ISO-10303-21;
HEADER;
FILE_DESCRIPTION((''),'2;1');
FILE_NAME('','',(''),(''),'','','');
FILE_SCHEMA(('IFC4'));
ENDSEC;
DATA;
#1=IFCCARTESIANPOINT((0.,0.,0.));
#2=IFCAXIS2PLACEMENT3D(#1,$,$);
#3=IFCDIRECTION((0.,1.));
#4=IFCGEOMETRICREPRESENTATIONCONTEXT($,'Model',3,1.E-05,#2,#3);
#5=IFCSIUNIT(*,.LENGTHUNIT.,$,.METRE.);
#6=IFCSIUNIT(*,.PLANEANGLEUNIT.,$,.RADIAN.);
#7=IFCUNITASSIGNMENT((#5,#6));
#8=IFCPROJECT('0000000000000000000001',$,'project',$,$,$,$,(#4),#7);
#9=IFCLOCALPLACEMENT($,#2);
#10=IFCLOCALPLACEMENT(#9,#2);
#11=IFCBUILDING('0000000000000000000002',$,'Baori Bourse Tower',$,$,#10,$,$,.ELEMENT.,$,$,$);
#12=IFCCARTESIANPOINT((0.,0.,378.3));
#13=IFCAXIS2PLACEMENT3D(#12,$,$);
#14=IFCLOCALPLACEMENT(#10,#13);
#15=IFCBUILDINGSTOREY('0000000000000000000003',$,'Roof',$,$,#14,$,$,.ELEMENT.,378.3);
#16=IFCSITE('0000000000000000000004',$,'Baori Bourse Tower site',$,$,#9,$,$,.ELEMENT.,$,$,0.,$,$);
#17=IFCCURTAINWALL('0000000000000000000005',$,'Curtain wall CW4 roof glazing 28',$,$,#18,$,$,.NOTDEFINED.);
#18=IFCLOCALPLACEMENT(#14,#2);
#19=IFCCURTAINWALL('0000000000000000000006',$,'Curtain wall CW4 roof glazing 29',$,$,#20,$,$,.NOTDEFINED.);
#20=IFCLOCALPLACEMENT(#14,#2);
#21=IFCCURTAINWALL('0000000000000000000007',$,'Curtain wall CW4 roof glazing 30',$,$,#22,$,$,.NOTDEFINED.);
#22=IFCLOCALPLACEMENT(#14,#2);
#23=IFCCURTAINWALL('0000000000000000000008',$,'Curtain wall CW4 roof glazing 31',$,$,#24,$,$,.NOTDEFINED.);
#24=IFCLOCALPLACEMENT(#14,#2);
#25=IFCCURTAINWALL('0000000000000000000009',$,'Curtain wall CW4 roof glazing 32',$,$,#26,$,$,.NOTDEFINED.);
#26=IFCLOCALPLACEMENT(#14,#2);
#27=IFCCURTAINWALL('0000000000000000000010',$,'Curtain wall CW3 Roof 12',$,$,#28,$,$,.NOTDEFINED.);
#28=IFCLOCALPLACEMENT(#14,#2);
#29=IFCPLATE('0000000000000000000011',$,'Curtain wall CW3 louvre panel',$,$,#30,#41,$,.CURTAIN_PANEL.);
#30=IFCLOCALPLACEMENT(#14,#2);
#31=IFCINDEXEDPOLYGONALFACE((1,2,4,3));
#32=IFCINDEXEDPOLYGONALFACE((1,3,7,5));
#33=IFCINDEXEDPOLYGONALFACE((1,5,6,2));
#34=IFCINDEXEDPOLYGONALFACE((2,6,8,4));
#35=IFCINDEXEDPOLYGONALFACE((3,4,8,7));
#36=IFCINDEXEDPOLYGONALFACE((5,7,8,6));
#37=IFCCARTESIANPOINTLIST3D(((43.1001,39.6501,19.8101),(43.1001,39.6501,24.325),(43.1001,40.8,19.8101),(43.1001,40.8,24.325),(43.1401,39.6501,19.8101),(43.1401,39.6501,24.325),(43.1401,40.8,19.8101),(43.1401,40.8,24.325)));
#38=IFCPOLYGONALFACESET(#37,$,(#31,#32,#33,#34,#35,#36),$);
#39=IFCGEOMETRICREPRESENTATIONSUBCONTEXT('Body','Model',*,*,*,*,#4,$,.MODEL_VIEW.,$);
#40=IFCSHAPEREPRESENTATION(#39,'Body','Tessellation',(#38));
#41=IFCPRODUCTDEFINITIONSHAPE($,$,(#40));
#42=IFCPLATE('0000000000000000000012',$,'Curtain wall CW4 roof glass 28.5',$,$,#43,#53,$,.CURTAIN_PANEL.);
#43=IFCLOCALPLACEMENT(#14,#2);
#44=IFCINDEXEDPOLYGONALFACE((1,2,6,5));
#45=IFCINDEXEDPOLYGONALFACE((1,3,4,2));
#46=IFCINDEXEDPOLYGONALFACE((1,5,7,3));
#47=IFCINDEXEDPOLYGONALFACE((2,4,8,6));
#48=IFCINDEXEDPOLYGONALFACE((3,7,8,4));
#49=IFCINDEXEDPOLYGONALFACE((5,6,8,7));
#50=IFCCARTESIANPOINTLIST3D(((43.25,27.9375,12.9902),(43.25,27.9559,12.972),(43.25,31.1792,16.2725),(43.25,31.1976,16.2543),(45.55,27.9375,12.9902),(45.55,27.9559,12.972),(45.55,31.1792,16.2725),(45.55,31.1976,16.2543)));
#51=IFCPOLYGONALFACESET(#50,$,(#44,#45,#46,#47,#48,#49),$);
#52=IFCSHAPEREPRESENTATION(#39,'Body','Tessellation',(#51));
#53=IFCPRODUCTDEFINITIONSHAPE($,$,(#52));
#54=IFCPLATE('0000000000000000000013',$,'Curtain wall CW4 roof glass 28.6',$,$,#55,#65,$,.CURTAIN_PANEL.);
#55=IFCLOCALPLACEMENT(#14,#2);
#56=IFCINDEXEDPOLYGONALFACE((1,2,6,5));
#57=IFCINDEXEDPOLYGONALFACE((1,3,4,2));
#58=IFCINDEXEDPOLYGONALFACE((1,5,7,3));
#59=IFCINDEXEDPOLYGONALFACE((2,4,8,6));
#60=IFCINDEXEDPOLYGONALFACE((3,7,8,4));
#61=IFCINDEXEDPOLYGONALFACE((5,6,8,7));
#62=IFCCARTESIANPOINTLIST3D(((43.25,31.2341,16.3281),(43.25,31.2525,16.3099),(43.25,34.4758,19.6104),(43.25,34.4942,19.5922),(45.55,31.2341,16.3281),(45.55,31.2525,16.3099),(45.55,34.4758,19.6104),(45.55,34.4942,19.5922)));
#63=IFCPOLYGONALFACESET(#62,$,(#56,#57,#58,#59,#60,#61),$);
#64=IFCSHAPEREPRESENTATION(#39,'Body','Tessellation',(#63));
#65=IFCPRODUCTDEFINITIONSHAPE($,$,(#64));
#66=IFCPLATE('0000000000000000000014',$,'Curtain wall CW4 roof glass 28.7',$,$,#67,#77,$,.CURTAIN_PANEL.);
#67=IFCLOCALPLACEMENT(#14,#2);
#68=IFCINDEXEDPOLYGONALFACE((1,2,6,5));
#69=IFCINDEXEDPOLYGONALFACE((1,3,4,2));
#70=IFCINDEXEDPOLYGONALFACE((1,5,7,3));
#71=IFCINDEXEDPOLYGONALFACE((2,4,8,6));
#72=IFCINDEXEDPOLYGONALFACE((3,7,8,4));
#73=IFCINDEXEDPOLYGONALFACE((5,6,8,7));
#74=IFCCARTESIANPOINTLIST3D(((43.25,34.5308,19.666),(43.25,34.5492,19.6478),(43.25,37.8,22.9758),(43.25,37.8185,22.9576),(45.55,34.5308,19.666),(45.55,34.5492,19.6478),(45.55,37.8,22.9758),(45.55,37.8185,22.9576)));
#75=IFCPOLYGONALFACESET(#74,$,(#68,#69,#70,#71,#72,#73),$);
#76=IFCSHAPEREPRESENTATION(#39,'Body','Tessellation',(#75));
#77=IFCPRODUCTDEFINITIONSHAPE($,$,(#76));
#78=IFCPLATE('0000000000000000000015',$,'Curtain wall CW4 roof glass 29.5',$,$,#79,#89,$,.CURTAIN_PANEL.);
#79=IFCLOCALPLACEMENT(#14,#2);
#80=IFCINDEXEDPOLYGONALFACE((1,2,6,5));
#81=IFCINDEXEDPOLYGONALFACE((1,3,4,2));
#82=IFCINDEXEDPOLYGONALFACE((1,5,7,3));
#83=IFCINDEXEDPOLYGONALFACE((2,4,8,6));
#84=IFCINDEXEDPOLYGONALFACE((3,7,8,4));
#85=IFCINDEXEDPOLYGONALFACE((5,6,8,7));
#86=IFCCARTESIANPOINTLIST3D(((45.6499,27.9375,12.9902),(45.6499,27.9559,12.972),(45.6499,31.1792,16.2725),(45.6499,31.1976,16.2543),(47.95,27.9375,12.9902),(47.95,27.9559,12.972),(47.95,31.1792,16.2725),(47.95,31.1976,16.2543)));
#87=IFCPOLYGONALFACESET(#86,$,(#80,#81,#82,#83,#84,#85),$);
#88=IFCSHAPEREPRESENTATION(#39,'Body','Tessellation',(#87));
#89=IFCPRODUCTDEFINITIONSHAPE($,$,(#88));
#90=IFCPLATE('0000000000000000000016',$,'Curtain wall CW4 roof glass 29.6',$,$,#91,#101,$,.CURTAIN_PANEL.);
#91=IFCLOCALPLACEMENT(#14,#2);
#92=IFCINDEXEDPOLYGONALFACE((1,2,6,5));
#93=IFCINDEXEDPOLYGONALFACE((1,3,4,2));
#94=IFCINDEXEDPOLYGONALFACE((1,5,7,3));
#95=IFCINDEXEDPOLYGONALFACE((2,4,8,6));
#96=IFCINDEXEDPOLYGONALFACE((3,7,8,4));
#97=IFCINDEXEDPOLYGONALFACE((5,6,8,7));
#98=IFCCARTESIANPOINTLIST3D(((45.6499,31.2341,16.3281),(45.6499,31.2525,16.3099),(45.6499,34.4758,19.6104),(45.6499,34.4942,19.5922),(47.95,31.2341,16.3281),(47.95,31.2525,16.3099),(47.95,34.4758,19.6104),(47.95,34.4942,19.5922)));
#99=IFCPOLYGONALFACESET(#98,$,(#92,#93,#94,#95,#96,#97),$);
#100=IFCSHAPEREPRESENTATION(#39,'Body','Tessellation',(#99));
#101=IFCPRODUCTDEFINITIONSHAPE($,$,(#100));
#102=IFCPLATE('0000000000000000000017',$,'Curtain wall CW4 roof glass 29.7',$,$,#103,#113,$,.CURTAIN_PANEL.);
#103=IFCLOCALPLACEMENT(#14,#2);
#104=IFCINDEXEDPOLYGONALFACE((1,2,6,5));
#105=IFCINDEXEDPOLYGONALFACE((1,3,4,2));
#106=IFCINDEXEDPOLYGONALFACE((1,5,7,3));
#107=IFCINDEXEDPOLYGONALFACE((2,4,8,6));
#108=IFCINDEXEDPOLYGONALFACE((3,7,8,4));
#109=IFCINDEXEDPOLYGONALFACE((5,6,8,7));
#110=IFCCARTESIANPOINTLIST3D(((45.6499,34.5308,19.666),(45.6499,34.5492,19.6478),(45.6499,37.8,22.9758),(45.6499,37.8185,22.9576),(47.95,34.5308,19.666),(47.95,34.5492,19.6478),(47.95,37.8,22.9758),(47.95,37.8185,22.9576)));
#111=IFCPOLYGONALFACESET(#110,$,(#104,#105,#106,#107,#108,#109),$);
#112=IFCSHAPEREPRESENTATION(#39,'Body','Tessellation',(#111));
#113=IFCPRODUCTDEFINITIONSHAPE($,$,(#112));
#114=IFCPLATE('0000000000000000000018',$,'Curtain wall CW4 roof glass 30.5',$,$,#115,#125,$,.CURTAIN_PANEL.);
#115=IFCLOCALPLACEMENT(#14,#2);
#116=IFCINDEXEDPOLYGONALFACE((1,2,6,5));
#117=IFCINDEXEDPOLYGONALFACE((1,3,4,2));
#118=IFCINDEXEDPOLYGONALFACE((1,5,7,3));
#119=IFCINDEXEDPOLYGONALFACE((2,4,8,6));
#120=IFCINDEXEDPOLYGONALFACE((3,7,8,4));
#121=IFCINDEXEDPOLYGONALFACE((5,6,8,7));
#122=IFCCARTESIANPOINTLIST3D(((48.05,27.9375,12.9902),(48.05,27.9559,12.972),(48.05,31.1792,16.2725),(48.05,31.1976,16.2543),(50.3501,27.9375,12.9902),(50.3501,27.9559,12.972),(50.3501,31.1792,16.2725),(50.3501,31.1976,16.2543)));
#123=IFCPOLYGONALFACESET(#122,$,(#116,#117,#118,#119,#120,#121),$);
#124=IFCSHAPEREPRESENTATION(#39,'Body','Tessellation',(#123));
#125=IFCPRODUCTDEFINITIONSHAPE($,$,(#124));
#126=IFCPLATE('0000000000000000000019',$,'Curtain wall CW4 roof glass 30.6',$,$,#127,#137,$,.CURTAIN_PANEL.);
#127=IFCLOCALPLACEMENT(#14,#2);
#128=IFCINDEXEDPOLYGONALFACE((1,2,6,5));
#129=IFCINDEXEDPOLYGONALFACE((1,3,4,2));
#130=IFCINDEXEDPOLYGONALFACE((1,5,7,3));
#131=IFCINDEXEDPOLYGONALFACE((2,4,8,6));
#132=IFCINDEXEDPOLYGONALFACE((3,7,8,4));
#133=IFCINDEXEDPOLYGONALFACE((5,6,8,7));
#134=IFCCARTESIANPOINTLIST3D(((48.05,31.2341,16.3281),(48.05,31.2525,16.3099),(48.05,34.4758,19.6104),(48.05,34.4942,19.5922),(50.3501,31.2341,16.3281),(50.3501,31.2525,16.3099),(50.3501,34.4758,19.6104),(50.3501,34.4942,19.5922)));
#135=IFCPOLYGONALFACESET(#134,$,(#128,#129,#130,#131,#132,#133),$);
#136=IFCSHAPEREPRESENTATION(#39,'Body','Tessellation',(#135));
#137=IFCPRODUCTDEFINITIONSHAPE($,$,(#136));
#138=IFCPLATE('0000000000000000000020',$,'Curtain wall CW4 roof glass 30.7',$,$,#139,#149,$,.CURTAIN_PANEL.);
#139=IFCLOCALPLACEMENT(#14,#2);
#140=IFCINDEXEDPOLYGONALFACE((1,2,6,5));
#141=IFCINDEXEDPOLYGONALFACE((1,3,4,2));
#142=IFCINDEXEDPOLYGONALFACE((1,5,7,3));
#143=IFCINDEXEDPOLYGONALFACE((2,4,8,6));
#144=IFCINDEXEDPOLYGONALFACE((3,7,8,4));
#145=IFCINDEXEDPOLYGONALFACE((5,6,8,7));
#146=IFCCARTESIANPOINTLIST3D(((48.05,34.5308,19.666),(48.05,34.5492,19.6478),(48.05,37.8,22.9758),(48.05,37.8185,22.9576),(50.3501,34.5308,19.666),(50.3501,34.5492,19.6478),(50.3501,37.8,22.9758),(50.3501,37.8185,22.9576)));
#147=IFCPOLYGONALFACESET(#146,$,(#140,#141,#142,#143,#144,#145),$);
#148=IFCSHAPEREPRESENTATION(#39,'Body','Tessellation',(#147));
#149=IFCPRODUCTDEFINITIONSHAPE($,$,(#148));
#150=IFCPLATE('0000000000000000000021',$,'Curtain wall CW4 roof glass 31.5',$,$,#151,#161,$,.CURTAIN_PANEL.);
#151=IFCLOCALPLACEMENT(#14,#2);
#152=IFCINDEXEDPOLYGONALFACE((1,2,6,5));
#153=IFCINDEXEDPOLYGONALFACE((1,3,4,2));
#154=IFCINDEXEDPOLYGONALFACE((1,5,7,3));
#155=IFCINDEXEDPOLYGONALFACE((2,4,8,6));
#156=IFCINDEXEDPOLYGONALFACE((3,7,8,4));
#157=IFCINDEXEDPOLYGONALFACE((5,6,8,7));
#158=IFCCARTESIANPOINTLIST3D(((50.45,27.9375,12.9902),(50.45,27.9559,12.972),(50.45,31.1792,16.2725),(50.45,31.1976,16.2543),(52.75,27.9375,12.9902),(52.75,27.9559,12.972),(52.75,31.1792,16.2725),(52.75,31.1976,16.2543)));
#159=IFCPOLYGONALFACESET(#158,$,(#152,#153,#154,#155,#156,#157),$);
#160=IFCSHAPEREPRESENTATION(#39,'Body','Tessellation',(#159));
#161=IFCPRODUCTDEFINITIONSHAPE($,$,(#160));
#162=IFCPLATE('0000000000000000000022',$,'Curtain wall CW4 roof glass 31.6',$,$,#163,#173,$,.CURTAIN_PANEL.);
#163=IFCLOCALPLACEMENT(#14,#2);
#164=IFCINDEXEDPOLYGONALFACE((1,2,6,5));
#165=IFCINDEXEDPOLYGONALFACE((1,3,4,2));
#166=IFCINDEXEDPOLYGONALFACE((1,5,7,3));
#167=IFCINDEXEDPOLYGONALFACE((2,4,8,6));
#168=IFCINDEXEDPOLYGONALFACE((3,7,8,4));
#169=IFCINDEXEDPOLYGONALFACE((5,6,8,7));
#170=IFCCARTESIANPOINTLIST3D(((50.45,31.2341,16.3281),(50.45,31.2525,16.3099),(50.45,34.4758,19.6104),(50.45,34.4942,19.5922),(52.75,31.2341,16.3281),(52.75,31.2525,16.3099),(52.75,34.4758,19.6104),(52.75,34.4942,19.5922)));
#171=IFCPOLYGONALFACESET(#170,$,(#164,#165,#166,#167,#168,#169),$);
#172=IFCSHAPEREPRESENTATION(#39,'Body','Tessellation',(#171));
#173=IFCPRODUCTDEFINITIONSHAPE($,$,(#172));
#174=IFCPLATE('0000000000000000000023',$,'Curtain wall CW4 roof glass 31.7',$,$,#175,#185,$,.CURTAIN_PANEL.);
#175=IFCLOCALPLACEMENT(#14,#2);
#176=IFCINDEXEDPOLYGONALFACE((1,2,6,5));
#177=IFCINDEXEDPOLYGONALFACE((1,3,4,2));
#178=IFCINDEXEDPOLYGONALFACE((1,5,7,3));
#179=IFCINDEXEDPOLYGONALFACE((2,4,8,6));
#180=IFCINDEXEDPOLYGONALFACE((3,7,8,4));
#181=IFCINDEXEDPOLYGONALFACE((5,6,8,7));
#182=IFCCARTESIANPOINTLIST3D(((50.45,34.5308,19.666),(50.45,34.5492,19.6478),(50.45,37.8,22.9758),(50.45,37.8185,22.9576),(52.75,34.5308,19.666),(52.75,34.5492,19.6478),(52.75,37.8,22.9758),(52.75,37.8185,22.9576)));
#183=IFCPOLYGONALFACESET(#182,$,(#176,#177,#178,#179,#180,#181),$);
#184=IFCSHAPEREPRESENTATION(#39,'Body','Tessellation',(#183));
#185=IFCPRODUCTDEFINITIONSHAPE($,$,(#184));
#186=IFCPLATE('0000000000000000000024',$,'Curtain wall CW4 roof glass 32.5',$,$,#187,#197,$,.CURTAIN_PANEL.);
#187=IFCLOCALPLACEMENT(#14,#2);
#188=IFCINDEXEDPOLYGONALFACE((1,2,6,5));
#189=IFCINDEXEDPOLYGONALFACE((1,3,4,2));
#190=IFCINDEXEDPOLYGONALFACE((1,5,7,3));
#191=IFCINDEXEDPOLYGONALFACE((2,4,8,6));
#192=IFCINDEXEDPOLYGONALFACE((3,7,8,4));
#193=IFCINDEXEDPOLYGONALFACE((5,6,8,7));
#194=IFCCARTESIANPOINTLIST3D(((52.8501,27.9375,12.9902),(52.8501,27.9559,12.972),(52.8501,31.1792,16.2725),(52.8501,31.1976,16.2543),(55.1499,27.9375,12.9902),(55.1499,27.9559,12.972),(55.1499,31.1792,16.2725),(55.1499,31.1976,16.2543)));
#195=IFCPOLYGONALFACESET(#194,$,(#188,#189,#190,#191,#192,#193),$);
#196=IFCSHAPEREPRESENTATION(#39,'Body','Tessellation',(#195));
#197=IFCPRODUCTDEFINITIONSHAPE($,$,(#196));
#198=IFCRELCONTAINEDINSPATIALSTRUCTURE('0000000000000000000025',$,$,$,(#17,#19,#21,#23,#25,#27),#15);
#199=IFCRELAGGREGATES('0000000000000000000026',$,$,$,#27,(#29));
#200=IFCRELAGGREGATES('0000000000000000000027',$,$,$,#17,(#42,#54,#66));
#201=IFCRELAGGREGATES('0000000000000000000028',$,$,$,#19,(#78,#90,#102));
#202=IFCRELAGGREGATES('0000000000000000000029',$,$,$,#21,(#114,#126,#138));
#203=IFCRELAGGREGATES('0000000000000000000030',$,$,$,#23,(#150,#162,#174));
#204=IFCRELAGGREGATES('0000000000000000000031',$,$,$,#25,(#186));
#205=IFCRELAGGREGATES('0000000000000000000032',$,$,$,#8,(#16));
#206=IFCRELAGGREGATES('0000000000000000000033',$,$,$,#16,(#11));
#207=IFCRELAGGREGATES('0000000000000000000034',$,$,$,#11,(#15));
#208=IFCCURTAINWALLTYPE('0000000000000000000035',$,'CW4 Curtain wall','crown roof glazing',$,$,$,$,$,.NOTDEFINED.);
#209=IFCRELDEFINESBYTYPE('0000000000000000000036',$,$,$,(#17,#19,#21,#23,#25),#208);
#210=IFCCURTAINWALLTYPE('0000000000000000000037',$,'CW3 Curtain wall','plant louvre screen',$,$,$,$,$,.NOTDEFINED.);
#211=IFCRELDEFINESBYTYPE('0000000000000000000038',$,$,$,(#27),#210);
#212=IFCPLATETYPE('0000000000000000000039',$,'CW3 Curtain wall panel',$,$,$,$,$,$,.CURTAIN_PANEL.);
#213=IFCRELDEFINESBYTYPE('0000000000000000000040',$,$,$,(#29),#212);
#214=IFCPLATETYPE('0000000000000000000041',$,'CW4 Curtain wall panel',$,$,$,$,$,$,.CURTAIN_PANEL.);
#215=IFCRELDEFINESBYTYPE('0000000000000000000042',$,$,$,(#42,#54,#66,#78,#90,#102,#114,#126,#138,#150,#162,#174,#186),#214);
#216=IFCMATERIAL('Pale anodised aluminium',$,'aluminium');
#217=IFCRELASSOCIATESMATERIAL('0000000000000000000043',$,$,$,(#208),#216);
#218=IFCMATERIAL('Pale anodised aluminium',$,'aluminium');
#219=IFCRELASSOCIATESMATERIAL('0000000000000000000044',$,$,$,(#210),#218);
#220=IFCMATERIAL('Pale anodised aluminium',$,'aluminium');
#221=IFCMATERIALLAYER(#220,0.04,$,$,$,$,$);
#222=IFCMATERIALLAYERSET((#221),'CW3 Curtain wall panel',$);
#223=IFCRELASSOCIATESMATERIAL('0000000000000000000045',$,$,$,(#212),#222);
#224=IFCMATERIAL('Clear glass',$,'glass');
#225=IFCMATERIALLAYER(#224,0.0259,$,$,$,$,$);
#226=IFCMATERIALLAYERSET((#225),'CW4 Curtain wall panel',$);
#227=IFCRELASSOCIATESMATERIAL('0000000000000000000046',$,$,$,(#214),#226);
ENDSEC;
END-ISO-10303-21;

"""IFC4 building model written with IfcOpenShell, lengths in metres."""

from ifc_helpers import new_model, si_unit, direction, frame, origin, origin_2d, place, context, subcontext, project, spatial, polyline, rectangle, outline, extrude, material, layer, layer_set, type_object, element, aggregate, save


model = new_model("IFC4")

# Units and contexts
model_context = context("Model", 3, precision=1e-05, world=origin(), true_north=direction((0.0, 1.0)))
body_context = subcontext(model_context, "Body", "Model", "MODEL_VIEW")
ifc_project = project(units=[si_unit("LENGTHUNIT", "METRE"), si_unit("PLANEANGLEUNIT", "RADIAN")], contexts=[model_context])

# Site, building, storey
site_placement = place(None, origin())
site = spatial("IfcSite", under=ifc_project, at=site_placement, Name="Baori Bourse Tower site", CompositionType="ELEMENT", RefElevation=0.0)
building_placement = place(site_placement, origin())
building = spatial("IfcBuilding", under=site, at=building_placement, Name="Baori Bourse Tower", CompositionType="ELEMENT")
storey_placement = place(building_placement, frame((0.0, 0.0, 378.3)))
storey = spatial("IfcBuildingStorey", under=building, at=storey_placement, Name="Roof", CompositionType="ELEMENT", Elevation=378.3)

# Curtain walls
ifc_material_1 = material(Name="Pale anodised aluminium", Category="aluminium")
curtain_wall_type_1 = type_object("IfcCurtainWallType", Name="CW4 Curtain wall", Description="crown roof glazing", PredefinedType="NOTDEFINED", material=ifc_material_1)
curtain_wall_1_placement = place(storey_placement, origin())
curtain_wall_1 = element("IfcCurtainWall", 1, at=curtain_wall_1_placement, inside=storey, type_object=curtain_wall_type_1, Name="Curtain wall CW4 roof glazing 28", PredefinedType="NOTDEFINED")
curtain_wall_2_placement = place(storey_placement, origin())
curtain_wall_2 = element("IfcCurtainWall", 2, at=curtain_wall_2_placement, inside=storey, type_object=curtain_wall_type_1, Name="Curtain wall CW4 roof glazing 29", PredefinedType="NOTDEFINED")
curtain_wall_3_placement = place(storey_placement, origin())
curtain_wall_3 = element("IfcCurtainWall", 3, at=curtain_wall_3_placement, inside=storey, type_object=curtain_wall_type_1, Name="Curtain wall CW4 roof glazing 30", PredefinedType="NOTDEFINED")
curtain_wall_4_placement = place(storey_placement, origin())
curtain_wall_4 = element("IfcCurtainWall", 4, at=curtain_wall_4_placement, inside=storey, type_object=curtain_wall_type_1, Name="Curtain wall CW4 roof glazing 31", PredefinedType="NOTDEFINED")
curtain_wall_5_placement = place(storey_placement, origin())
curtain_wall_5 = element("IfcCurtainWall", 5, at=curtain_wall_5_placement, inside=storey, type_object=curtain_wall_type_1, Name="Curtain wall CW4 roof glazing 32", PredefinedType="NOTDEFINED")

# Curtain wall, plate
ifc_material_2 = material(Name="Pale anodised aluminium", Category="aluminium")
curtain_wall_type_2 = type_object("IfcCurtainWallType", Name="CW3 Curtain wall", Description="plant louvre screen", PredefinedType="NOTDEFINED", material=ifc_material_2)
curtain_wall_6_placement = place(storey_placement, origin())
curtain_wall_6 = element("IfcCurtainWall", 6, at=curtain_wall_6_placement, inside=storey, type_object=curtain_wall_type_2, Name="Curtain wall CW3 Roof 12", PredefinedType="NOTDEFINED")
ifc_material_3 = material(Name="Pale anodised aluminium", Category="aluminium")
ifc_layer_1 = layer(ifc_material_3, 0.04)
ifc_layer_set_1 = layer_set([ifc_layer_1], Name="CW3 Curtain wall panel")
plate_type_1 = type_object("IfcPlateType", Name="CW3 Curtain wall panel", PredefinedType="CURTAIN_PANEL", material=ifc_layer_set_1)
plate_1_placement = place(storey_placement, frame((43.1201, 40.2251, 19.8101), z_axis=(0.0, 0.0, 1.0), x_axis=(0.0, 1.0, 0.0)))
plate_1 = element("IfcPlate", 7, at=plate_1_placement, type_object=plate_type_1, Name="Curtain wall CW3 louvre panel", PredefinedType="CURTAIN_PANEL", context=body_context, shape_type="SweptSolid", body=[
    extrude(rectangle(XDim=1.1499, YDim=0.04, at=origin_2d()), origin(), (0.0, 0.0, 1.0), 4.5149),
])
aggregate(curtain_wall_6, [plate_1])

# Plates
ifc_material_4 = material(Name="Clear glass", Category="glass")
ifc_layer_2 = layer(ifc_material_4, 0.0259)
ifc_layer_set_2 = layer_set([ifc_layer_2], Name="CW4 Curtain wall panel")
plate_type_2 = type_object("IfcPlateType", Name="CW4 Curtain wall panel", PredefinedType="CURTAIN_PANEL", material=ifc_layer_set_2)
plate_2_placement = place(storey_placement, frame((43.25, 27.9375, 12.9902), z_axis=(0.0, -0.711486, 0.702701), x_axis=(1.0, 0.0, 0.0)))
plate_2 = element("IfcPlate", 8, at=plate_2_placement, type_object=plate_type_2, Name="Curtain wall CW4 roof glass 28.5", PredefinedType="CURTAIN_PANEL", context=body_context, shape_type="SweptSolid", body=[
    extrude(outline(polyline([(0.0, 0.0), (2.3, 0.0), (2.3, 4.6132), (0.0, 4.6132), (0.0, 0.0)])), origin(), (0.0, 0.0, -1.0), 0.0259),
])
plate_3_placement = place(storey_placement, frame((43.25, 31.2341, 16.3281), z_axis=(0.0, -0.711486, 0.702701), x_axis=(1.0, 0.0, 0.0)))
plate_3 = element("IfcPlate", 9, at=plate_3_placement, type_object=plate_type_2, Name="Curtain wall CW4 roof glass 28.6", PredefinedType="CURTAIN_PANEL", context=body_context, shape_type="SweptSolid", body=[
    extrude(outline(polyline([(0.0, 0.0), (2.3, 0.0), (2.3, 4.6132), (0.0, 4.6132), (0.0, 0.0)])), origin(), (0.0, 0.0, -1.0), 0.0259),
])
plate_4_placement = place(storey_placement, frame((43.25, 34.5308, 19.666), z_axis=(0.0, -0.711449, 0.702738), x_axis=(1.0, 0.0, 0.0)))
plate_4 = element("IfcPlate", 10, at=plate_4_placement, type_object=plate_type_2, Name="Curtain wall CW4 roof glass 28.7", PredefinedType="CURTAIN_PANEL", context=body_context, shape_type="SweptSolid", body=[
    extrude(outline(polyline([(0.0, 0.0), (2.3, 0.0), (2.3, 4.6522), (0.0, 4.6522), (0.0, 0.0)])), origin(), (0.0, 0.0, -1.0), 0.0259),
])
aggregate(curtain_wall_1, [plate_2, plate_3, plate_4])
plate_5_placement = place(storey_placement, frame((45.6499, 27.9375, 12.9902), z_axis=(0.0, -0.711486, 0.702701), x_axis=(1.0, 0.0, 0.0)))
plate_5 = element("IfcPlate", 11, at=plate_5_placement, type_object=plate_type_2, Name="Curtain wall CW4 roof glass 29.5", PredefinedType="CURTAIN_PANEL", context=body_context, shape_type="SweptSolid", body=[
    extrude(outline(polyline([(0.0, 0.0), (2.3, 0.0), (2.3, 4.6132), (0.0, 4.6132), (0.0, 0.0)])), origin(), (0.0, 0.0, -1.0), 0.0259),
])
plate_6_placement = place(storey_placement, frame((45.6499, 31.2341, 16.3281), z_axis=(0.0, -0.711486, 0.702701), x_axis=(1.0, 0.0, 0.0)))
plate_6 = element("IfcPlate", 12, at=plate_6_placement, type_object=plate_type_2, Name="Curtain wall CW4 roof glass 29.6", PredefinedType="CURTAIN_PANEL", context=body_context, shape_type="SweptSolid", body=[
    extrude(outline(polyline([(0.0, 0.0), (2.3, 0.0), (2.3, 4.6132), (0.0, 4.6132), (0.0, 0.0)])), origin(), (0.0, 0.0, -1.0), 0.0259),
])
plate_7_placement = place(storey_placement, frame((45.6499, 34.5308, 19.666), z_axis=(0.0, -0.711449, 0.702738), x_axis=(1.0, 0.0, 0.0)))
plate_7 = element("IfcPlate", 13, at=plate_7_placement, type_object=plate_type_2, Name="Curtain wall CW4 roof glass 29.7", PredefinedType="CURTAIN_PANEL", context=body_context, shape_type="SweptSolid", body=[
    extrude(outline(polyline([(0.0, 0.0), (2.3, 0.0), (2.3, 4.6522), (0.0, 4.6522), (0.0, 0.0)])), origin(), (0.0, 0.0, -1.0), 0.0259),
])
aggregate(curtain_wall_2, [plate_5, plate_6, plate_7])
plate_8_placement = place(storey_placement, frame((48.05, 27.9375, 12.9902), z_axis=(0.0, -0.711486, 0.702701), x_axis=(1.0, 0.0, 0.0)))
plate_8 = element("IfcPlate", 14, at=plate_8_placement, type_object=plate_type_2, Name="Curtain wall CW4 roof glass 30.5", PredefinedType="CURTAIN_PANEL", context=body_context, shape_type="SweptSolid", body=[
    extrude(outline(polyline([(0.0, 0.0), (2.3, 0.0), (2.3, 4.6132), (0.0, 4.6132), (0.0, 0.0)])), origin(), (0.0, 0.0, -1.0), 0.0259),
])
plate_9_placement = place(storey_placement, frame((48.05, 31.2341, 16.3281), z_axis=(0.0, -0.711486, 0.702701), x_axis=(1.0, 0.0, 0.0)))
plate_9 = element("IfcPlate", 15, at=plate_9_placement, type_object=plate_type_2, Name="Curtain wall CW4 roof glass 30.6", PredefinedType="CURTAIN_PANEL", context=body_context, shape_type="SweptSolid", body=[
    extrude(outline(polyline([(0.0, 0.0), (2.3, 0.0), (2.3, 4.6132), (0.0, 4.6132), (0.0, 0.0)])), origin(), (0.0, 0.0, -1.0), 0.0259),
])
plate_10_placement = place(storey_placement, frame((48.05, 34.5308, 19.666), z_axis=(0.0, -0.711449, 0.702738), x_axis=(1.0, 0.0, 0.0)))
plate_10 = element("IfcPlate", 16, at=plate_10_placement, type_object=plate_type_2, Name="Curtain wall CW4 roof glass 30.7", PredefinedType="CURTAIN_PANEL", context=body_context, shape_type="SweptSolid", body=[
    extrude(outline(polyline([(0.0, 0.0), (2.3, 0.0), (2.3, 4.6522), (0.0, 4.6522), (0.0, 0.0)])), origin(), (0.0, 0.0, -1.0), 0.0259),
])
aggregate(curtain_wall_3, [plate_8, plate_9, plate_10])
plate_11_placement = place(storey_placement, frame((50.45, 27.9375, 12.9902), z_axis=(0.0, -0.711486, 0.702701), x_axis=(1.0, 0.0, 0.0)))
plate_11 = element("IfcPlate", 17, at=plate_11_placement, type_object=plate_type_2, Name="Curtain wall CW4 roof glass 31.5", PredefinedType="CURTAIN_PANEL", context=body_context, shape_type="SweptSolid", body=[
    extrude(outline(polyline([(0.0, 0.0), (2.3, 0.0), (2.3, 4.6132), (0.0, 4.6132), (0.0, 0.0)])), origin(), (0.0, 0.0, -1.0), 0.0259),
])
plate_12_placement = place(storey_placement, frame((50.45, 31.2341, 16.3281), z_axis=(0.0, -0.711486, 0.702701), x_axis=(1.0, 0.0, 0.0)))
plate_12 = element("IfcPlate", 18, at=plate_12_placement, type_object=plate_type_2, Name="Curtain wall CW4 roof glass 31.6", PredefinedType="CURTAIN_PANEL", context=body_context, shape_type="SweptSolid", body=[
    extrude(outline(polyline([(0.0, 0.0), (2.3, 0.0), (2.3, 4.6132), (0.0, 4.6132), (0.0, 0.0)])), origin(), (0.0, 0.0, -1.0), 0.0259),
])
plate_13_placement = place(storey_placement, frame((50.45, 34.5308, 19.666), z_axis=(0.0, -0.711449, 0.702738), x_axis=(1.0, 0.0, 0.0)))
plate_13 = element("IfcPlate", 19, at=plate_13_placement, type_object=plate_type_2, Name="Curtain wall CW4 roof glass 31.7", PredefinedType="CURTAIN_PANEL", context=body_context, shape_type="SweptSolid", body=[
    extrude(outline(polyline([(0.0, 0.0), (2.3, 0.0), (2.3, 4.6522), (0.0, 4.6522), (0.0, 0.0)])), origin(), (0.0, 0.0, -1.0), 0.0259),
])
aggregate(curtain_wall_4, [plate_11, plate_12, plate_13])
plate_14_placement = place(storey_placement, frame((52.8501, 27.9375, 12.9902), z_axis=(0.0, -0.711486, 0.702701), x_axis=(1.0, 0.0, 0.0)))
plate_14 = element("IfcPlate", 20, at=plate_14_placement, type_object=plate_type_2, Name="Curtain wall CW4 roof glass 32.5", PredefinedType="CURTAIN_PANEL", context=body_context, shape_type="SweptSolid", body=[
    extrude(outline(polyline([(0.0, 0.0), (2.2998, 0.0), (2.2998, 4.6132), (0.0, 4.6132), (0.0, 0.0)])), origin(), (0.0, 0.0, -1.0), 0.0259),
])
aggregate(curtain_wall_5, [plate_14])

save(model, "model.ifc")
